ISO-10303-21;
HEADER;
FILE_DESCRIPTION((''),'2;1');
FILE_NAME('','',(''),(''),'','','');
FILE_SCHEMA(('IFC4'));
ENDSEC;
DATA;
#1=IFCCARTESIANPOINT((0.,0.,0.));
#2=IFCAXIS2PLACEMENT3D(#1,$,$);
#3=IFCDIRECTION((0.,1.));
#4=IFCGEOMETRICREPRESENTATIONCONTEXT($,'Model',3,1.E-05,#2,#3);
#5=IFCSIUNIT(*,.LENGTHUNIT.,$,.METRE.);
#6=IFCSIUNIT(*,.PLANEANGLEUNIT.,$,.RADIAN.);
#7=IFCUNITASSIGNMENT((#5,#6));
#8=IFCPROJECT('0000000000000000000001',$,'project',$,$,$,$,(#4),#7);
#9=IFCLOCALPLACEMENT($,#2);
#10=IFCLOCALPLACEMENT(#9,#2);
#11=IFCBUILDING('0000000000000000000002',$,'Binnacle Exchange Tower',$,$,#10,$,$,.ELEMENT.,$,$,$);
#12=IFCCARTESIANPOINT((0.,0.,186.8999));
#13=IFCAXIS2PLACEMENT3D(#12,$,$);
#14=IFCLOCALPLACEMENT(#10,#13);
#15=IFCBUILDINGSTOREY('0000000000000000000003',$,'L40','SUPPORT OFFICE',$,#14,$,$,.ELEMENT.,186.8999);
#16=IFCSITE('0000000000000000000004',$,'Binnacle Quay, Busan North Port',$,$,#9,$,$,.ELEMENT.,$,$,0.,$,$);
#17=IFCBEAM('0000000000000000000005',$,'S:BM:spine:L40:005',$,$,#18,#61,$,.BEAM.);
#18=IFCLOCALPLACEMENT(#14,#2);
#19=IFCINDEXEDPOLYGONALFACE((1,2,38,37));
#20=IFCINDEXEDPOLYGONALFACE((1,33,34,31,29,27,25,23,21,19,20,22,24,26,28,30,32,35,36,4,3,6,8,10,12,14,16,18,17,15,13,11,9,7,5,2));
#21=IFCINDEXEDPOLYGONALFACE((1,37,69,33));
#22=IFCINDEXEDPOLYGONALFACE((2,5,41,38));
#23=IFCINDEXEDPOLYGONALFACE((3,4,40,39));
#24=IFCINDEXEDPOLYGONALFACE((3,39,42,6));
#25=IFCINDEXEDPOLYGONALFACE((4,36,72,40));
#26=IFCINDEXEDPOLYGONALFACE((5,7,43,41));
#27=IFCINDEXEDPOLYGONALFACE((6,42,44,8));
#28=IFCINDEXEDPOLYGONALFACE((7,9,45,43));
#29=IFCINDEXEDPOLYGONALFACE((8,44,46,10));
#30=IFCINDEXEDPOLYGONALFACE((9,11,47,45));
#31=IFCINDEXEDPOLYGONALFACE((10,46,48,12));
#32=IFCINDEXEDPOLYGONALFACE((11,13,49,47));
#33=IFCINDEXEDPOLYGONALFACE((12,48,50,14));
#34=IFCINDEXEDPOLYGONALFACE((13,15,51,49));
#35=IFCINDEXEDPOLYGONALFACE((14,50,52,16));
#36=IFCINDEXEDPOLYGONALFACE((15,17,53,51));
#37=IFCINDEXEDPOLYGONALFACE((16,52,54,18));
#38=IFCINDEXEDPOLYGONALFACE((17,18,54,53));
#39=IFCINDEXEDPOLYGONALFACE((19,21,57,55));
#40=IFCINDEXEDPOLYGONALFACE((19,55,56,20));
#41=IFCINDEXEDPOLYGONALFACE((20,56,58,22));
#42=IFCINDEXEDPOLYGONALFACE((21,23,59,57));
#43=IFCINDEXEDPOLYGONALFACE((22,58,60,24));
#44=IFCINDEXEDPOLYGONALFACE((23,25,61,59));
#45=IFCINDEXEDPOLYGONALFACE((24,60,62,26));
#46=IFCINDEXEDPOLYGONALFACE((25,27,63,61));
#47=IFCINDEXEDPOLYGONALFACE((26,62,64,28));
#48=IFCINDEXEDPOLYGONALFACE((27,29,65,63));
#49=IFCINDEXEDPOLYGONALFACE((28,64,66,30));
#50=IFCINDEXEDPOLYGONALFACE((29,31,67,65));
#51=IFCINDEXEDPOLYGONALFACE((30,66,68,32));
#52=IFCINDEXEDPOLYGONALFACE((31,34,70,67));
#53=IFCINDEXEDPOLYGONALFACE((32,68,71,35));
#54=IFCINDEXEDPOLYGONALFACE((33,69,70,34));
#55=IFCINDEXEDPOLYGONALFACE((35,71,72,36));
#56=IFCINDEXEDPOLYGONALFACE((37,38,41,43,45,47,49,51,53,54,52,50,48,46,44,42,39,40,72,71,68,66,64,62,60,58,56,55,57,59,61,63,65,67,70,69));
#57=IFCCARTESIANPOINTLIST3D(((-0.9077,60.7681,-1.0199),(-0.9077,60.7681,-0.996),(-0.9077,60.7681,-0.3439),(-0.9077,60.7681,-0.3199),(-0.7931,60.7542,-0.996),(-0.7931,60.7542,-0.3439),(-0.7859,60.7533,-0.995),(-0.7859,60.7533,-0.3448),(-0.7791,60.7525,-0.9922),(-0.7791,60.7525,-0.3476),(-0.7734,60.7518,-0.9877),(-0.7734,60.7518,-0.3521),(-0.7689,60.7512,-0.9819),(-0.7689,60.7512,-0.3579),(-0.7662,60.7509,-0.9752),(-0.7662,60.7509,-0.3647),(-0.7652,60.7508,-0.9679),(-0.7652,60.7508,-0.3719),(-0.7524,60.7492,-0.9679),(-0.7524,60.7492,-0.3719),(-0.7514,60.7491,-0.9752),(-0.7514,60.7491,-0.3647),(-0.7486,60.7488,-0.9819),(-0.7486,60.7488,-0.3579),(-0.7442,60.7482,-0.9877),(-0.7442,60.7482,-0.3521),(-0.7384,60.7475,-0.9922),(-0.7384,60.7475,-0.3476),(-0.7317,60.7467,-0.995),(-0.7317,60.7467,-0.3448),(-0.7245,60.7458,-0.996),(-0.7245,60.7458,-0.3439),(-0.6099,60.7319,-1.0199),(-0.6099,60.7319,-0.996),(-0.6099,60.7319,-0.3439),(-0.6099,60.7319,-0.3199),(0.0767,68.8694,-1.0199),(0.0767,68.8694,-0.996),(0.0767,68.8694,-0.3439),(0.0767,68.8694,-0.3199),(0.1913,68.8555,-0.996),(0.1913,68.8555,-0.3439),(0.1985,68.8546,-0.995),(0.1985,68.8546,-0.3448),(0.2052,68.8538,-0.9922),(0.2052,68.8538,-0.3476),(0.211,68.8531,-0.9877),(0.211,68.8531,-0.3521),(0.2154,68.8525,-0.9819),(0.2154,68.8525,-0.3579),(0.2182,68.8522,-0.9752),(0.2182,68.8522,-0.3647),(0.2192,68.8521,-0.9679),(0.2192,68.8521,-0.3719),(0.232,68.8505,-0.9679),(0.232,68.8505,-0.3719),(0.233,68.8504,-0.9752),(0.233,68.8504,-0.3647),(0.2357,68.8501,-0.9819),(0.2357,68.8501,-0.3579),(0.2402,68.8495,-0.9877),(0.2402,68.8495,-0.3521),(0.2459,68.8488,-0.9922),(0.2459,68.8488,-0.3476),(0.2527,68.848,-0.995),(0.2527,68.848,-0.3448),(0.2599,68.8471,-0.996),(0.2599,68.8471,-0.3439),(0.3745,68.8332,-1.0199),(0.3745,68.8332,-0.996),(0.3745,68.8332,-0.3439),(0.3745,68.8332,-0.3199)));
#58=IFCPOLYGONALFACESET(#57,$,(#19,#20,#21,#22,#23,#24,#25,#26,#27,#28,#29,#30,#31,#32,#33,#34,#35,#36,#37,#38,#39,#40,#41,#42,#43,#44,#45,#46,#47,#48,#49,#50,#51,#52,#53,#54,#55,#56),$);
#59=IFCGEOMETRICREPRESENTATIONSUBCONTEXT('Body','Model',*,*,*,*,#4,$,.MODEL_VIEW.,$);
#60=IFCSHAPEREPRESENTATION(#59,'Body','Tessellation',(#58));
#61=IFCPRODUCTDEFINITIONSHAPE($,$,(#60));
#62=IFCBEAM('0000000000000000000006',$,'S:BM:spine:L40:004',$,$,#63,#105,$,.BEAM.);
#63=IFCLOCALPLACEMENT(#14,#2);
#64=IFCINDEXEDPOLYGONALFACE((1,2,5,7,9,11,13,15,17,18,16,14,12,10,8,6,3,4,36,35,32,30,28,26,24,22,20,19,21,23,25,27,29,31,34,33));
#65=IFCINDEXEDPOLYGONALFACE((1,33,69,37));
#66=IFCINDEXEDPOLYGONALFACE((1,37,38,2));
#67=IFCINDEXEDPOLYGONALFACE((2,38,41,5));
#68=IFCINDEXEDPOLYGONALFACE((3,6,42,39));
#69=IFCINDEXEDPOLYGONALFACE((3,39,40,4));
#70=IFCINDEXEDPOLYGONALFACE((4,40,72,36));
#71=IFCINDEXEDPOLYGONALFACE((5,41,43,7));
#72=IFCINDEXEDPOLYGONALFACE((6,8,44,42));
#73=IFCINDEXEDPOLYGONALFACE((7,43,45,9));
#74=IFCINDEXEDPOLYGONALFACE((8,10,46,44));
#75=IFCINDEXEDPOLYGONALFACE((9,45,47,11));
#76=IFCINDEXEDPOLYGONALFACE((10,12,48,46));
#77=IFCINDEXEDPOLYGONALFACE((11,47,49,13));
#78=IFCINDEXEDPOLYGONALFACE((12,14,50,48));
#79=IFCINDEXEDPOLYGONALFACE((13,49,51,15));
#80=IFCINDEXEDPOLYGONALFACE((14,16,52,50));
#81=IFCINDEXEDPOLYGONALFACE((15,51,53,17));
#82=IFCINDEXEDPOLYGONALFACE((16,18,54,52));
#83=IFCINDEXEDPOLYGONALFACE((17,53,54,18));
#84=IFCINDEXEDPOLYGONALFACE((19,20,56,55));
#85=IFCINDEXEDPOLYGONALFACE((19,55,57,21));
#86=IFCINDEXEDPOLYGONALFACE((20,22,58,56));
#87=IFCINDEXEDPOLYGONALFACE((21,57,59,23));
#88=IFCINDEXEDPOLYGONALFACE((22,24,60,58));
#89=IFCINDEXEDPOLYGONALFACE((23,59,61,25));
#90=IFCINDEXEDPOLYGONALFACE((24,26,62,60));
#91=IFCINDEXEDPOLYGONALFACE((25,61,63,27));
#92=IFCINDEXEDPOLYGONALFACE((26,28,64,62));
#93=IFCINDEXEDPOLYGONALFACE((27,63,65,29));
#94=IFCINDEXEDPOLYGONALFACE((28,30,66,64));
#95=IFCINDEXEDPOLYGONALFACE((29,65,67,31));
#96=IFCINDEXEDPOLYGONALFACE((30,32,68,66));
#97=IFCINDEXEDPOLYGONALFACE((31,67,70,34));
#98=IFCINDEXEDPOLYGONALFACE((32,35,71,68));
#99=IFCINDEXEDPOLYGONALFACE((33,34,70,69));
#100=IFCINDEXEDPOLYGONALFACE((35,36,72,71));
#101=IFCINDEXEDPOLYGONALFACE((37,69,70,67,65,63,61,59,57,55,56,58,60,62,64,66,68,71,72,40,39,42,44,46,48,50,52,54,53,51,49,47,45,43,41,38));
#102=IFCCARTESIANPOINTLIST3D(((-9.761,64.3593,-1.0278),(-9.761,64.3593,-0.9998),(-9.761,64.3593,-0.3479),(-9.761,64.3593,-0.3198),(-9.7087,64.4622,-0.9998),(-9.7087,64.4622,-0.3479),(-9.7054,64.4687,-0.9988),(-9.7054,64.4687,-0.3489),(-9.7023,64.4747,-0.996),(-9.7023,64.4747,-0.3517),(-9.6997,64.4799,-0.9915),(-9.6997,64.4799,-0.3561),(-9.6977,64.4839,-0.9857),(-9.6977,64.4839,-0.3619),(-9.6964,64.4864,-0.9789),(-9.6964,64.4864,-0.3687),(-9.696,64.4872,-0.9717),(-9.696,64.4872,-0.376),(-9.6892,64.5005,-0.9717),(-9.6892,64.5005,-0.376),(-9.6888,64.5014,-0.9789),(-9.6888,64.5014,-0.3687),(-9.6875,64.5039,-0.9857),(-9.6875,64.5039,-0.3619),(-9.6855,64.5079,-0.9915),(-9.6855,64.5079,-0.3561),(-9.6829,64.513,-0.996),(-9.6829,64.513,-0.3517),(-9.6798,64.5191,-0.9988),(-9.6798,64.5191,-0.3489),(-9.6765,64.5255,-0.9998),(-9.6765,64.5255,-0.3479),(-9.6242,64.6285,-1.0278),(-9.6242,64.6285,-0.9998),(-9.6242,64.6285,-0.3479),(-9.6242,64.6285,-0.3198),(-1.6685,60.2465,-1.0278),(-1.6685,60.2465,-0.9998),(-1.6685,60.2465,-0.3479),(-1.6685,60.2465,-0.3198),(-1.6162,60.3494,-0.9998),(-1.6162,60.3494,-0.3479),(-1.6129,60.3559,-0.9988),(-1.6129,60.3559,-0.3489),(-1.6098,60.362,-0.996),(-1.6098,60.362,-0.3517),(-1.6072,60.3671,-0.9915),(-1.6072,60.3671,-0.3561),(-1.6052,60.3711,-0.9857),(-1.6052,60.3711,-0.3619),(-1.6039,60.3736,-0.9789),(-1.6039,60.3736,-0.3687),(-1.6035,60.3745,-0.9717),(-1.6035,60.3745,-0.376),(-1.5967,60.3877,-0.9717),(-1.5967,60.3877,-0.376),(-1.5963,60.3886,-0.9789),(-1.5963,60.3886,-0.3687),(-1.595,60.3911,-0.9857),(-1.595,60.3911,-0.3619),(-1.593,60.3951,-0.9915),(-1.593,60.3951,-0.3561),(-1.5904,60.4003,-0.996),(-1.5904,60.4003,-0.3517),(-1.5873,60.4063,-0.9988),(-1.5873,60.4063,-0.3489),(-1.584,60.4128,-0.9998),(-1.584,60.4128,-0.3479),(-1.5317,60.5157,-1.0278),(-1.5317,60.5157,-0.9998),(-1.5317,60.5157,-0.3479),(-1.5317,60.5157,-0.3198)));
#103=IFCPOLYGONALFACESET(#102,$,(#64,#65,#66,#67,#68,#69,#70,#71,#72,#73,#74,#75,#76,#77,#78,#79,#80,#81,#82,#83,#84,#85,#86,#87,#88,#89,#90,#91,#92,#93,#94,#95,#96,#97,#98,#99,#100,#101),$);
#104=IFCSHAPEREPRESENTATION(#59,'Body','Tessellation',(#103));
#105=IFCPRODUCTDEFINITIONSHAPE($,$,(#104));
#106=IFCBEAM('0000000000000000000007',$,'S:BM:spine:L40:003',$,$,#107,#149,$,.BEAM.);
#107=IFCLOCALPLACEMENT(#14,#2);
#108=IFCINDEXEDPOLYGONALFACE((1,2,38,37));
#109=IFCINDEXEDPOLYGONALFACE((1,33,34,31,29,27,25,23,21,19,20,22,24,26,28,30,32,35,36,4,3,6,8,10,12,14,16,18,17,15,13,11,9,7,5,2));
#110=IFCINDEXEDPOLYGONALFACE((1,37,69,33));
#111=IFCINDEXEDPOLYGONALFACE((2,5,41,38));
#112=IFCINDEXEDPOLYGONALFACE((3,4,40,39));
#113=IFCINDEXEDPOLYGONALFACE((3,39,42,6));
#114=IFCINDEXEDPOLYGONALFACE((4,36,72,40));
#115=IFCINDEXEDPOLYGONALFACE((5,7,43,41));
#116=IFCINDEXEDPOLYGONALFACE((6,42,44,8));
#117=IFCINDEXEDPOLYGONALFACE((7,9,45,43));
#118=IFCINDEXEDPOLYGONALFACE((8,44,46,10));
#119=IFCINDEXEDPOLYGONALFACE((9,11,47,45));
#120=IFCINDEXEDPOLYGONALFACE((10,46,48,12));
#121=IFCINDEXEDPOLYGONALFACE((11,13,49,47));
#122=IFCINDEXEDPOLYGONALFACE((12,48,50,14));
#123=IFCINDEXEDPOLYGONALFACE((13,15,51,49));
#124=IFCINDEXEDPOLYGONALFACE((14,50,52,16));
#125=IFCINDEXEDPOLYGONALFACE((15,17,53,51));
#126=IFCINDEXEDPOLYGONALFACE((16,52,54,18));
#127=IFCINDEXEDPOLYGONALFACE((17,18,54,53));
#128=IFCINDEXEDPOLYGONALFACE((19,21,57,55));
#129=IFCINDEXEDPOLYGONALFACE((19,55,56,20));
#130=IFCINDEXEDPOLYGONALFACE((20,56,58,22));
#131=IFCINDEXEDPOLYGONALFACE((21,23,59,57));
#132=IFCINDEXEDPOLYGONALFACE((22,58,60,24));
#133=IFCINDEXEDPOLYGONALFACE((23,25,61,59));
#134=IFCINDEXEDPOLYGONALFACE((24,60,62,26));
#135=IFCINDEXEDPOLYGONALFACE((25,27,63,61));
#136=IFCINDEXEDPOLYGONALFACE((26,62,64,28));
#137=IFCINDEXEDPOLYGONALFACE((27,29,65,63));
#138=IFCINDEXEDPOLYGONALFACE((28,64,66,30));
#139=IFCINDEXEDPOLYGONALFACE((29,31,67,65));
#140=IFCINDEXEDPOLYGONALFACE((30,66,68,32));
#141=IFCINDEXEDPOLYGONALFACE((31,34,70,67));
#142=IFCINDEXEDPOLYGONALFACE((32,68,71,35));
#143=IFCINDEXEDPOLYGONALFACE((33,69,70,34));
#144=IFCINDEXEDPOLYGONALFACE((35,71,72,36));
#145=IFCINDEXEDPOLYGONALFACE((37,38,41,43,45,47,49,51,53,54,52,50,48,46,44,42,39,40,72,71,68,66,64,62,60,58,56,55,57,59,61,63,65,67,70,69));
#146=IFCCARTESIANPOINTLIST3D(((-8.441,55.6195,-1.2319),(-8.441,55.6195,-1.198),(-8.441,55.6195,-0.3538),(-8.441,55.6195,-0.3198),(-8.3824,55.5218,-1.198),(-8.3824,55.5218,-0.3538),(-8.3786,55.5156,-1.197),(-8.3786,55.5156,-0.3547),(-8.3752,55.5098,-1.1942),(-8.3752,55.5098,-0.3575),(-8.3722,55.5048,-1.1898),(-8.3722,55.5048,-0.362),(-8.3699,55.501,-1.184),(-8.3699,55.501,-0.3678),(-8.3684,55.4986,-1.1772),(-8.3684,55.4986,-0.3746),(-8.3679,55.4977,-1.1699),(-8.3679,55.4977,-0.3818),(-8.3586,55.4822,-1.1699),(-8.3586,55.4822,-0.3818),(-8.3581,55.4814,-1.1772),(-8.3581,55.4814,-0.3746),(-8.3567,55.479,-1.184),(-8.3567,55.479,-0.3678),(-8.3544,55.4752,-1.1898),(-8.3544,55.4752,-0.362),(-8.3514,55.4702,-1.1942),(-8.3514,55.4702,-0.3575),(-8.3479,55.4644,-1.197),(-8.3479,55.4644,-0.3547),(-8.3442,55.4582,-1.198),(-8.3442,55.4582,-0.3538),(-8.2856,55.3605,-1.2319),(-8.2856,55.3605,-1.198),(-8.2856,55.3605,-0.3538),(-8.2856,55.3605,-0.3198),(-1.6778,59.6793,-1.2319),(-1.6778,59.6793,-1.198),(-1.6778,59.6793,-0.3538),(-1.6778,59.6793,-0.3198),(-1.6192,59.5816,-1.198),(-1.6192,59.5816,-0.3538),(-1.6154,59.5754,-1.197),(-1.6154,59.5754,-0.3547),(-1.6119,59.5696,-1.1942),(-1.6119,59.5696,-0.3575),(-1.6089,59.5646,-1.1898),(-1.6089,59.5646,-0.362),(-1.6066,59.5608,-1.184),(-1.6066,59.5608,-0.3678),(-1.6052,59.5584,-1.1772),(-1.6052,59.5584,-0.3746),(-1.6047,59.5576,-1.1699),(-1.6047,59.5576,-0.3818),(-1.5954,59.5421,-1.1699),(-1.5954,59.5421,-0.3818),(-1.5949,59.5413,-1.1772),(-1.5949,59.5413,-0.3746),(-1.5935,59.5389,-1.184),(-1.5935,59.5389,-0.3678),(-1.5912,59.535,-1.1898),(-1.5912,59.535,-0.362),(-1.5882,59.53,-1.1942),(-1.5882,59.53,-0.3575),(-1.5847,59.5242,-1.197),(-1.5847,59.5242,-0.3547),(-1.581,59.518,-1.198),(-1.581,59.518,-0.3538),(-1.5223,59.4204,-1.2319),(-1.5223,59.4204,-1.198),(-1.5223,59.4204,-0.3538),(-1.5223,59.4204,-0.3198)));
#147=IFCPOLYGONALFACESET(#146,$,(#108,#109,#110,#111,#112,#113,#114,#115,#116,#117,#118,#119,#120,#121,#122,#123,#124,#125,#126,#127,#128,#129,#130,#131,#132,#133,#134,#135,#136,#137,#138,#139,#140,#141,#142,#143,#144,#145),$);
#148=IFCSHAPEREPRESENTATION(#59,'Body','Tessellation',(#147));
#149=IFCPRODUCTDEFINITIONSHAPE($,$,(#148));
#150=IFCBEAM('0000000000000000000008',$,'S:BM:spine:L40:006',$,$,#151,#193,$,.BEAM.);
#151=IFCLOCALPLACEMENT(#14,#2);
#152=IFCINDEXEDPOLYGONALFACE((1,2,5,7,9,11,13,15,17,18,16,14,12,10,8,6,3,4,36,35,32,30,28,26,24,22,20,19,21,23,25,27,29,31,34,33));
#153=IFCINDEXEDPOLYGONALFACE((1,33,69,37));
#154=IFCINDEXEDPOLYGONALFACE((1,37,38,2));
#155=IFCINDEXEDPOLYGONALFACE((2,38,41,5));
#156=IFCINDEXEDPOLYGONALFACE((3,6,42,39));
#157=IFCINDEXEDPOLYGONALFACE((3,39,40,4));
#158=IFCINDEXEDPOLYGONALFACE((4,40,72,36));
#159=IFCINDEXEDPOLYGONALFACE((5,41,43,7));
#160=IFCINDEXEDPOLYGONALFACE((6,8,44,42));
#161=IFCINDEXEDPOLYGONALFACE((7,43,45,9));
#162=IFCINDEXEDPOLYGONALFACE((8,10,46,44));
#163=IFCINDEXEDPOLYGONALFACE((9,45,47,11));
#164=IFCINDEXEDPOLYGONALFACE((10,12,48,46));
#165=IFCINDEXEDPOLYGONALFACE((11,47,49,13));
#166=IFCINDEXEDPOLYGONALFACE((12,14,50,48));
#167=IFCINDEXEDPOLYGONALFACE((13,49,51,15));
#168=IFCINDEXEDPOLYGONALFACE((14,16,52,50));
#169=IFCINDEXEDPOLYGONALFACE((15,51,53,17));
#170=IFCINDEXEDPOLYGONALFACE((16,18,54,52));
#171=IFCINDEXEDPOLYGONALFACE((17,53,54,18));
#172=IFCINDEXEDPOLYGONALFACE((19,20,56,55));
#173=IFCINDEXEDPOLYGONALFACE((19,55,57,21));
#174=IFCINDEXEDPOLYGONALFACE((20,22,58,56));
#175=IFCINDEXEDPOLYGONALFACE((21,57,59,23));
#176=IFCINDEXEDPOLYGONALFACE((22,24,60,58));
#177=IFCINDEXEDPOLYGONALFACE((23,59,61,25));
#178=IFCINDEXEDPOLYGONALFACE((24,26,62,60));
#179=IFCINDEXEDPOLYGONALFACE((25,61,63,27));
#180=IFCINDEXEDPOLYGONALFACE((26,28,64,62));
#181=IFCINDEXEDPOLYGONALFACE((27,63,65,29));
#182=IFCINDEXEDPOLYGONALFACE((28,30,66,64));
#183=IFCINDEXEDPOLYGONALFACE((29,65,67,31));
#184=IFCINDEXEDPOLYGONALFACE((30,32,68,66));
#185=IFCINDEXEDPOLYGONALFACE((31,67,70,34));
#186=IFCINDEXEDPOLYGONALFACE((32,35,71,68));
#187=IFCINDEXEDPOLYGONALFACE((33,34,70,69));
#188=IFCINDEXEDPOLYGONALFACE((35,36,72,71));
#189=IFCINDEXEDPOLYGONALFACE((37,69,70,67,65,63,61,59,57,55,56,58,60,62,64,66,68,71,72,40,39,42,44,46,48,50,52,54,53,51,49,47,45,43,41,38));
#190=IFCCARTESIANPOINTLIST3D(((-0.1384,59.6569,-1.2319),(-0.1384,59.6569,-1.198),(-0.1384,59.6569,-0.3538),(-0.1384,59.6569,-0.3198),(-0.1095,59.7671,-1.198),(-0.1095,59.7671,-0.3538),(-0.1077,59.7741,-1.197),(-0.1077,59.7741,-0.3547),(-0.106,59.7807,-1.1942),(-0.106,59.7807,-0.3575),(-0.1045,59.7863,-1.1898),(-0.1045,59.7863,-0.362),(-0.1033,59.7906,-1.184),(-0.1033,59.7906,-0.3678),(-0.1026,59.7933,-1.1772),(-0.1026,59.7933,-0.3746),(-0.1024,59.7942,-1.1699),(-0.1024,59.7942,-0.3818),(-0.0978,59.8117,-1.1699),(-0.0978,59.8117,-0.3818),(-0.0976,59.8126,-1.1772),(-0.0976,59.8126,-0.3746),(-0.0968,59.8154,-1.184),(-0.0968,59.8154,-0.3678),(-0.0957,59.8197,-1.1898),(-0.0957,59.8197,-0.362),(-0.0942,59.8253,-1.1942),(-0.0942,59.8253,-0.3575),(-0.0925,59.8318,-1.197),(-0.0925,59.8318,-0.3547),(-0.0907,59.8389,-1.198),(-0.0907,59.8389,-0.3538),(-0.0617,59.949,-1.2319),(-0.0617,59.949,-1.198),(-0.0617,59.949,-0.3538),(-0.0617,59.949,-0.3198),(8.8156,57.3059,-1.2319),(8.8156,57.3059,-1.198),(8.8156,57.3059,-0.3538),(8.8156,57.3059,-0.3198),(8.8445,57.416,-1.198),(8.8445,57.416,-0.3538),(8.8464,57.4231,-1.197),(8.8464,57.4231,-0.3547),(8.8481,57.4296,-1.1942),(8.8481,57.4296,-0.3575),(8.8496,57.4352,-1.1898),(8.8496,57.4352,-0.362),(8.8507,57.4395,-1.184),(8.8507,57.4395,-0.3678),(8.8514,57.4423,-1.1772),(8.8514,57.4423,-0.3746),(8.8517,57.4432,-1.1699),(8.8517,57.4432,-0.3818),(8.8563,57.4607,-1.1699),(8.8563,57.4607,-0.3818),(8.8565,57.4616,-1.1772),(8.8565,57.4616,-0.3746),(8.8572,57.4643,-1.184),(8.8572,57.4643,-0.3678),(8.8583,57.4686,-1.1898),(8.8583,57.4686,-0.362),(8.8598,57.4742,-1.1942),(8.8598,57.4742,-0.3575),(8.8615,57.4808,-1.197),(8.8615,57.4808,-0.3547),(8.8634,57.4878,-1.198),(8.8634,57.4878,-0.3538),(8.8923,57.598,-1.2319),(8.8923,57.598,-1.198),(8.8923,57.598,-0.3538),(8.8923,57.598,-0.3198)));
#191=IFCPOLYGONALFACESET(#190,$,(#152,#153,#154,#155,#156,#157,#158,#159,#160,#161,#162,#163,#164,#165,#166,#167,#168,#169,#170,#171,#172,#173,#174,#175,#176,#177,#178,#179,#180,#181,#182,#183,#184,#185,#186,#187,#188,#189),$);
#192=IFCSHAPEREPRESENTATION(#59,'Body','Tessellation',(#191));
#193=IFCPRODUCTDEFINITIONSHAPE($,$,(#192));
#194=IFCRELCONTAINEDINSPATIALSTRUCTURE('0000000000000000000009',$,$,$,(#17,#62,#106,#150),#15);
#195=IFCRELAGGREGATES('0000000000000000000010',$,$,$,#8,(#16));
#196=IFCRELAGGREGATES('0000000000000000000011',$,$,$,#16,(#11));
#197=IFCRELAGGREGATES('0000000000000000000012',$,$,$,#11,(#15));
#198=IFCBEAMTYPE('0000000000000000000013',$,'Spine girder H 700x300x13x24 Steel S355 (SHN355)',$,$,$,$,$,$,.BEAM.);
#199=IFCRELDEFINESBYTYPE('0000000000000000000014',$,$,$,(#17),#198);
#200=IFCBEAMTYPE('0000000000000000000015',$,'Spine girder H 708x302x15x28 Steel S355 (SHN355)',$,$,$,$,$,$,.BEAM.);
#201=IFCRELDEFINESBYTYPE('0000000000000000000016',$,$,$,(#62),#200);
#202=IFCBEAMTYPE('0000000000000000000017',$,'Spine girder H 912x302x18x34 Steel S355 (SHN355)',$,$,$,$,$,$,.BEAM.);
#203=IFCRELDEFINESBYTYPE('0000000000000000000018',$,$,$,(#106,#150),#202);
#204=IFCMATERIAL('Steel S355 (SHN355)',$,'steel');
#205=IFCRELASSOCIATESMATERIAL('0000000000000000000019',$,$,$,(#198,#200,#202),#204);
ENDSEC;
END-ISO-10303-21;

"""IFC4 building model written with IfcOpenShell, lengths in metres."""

from ifc_helpers import new_model, si_unit, direction, frame, origin, origin_2d, place, context, subcontext, project, spatial, i_section, extrude, material, material_profile, profile_set, type_object, element, save


model = new_model("IFC4")

# Units and contexts
model_context = context("Model", 3, precision=1e-05, world=origin(), true_north=direction((0.0, 1.0)))
body_context = subcontext(model_context, "Body", "Model", "MODEL_VIEW")
ifc_project = project(units=[si_unit("LENGTHUNIT", "METRE"), si_unit("PLANEANGLEUNIT", "RADIAN")], contexts=[model_context])

# Site, building, storey
site_placement = place(None, origin())
site = spatial("IfcSite", under=ifc_project, at=site_placement, Name="Binnacle Quay, Busan North Port", CompositionType="ELEMENT", RefElevation=0.0)
building_placement = place(site_placement, origin())
building = spatial("IfcBuilding", under=site, at=building_placement, Name="Binnacle Exchange Tower", CompositionType="ELEMENT")
storey_placement = place(building_placement, frame((0.0, 0.0, 186.8999)))
storey = spatial("IfcBuildingStorey", under=building, at=storey_placement, Name="L40", Description="SUPPORT OFFICE", CompositionType="ELEMENT", Elevation=186.8999)

# Beams
ifc_material_1 = material(Name="Steel S355 (SHN355)", Category="steel")
ifc_material_profile_1 = material_profile(ifc_material_1, i_section(OverallWidth=0.3, OverallDepth=0.7, WebThickness=0.0129, FlangeThickness=0.0239, FilletRadius=0.0281, at=origin_2d()), Name="H 700x300x13x24")
ifc_profile_set_1 = profile_set([ifc_material_profile_1], Name="Steel S355 (SHN355)")
beam_type_1 = type_object("IfcBeamType", Name="Spine girder H 700x300x13x24 Steel S355 (SHN355)", PredefinedType="BEAM", material=ifc_profile_set_1)
beam_1_placement = place(storey_placement, frame((-0.7588, 60.75, -0.6699), z_axis=(0.120621, 0.992699, 0.0), x_axis=(-0.992699, 0.120621, 0.0)))
element("IfcBeam", 1, at=beam_1_placement, inside=storey, type_object=beam_type_1, Name="S:BM:spine:L40:005", PredefinedType="BEAM", context=body_context, shape_type="SweptSolid", body=[
    extrude(i_section(OverallWidth=0.3, OverallDepth=0.7, WebThickness=0.0129, FlangeThickness=0.0239, FilletRadius=0.0281, at=origin_2d()), origin(), (0.0, 0.0, 1.0), 8.1609),
])
ifc_material_profile_2 = material_profile(ifc_material_1, i_section(OverallWidth=0.302, OverallDepth=0.708, WebThickness=0.0149, FlangeThickness=0.0281, FilletRadius=0.0281, at=origin_2d()), Name="H 708x302x15x28")
ifc_profile_set_2 = profile_set([ifc_material_profile_2], Name="Steel S355 (SHN355)")
beam_type_2 = type_object("IfcBeamType", Name="Spine girder H 708x302x15x28 Steel S355 (SHN355)", PredefinedType="BEAM", material=ifc_profile_set_2)
beam_2_placement = place(storey_placement, frame((-1.6001, 60.3811, -0.6738), z_axis=(-0.891476, 0.453067, 0.0), x_axis=(-0.453067, -0.891476, 0.0)))
element("IfcBeam", 2, at=beam_2_placement, inside=storey, type_object=beam_type_2, Name="S:BM:spine:L40:004", PredefinedType="BEAM", context=body_context, shape_type="SweptSolid", body=[
    extrude(i_section(OverallWidth=0.302, OverallDepth=0.708, WebThickness=0.0149, FlangeThickness=0.0281, FilletRadius=0.0281, at=origin_2d()), origin(), (0.0, 0.0, 1.0), 9.0776),
])
ifc_material_profile_3 = material_profile(ifc_material_1, i_section(OverallWidth=0.302, OverallDepth=0.9121, WebThickness=0.0181, FlangeThickness=0.0339, FilletRadius=0.0281, at=origin_2d()), Name="H 912x302x18x34")
ifc_profile_set_3 = profile_set([ifc_material_profile_3], Name="Steel S355 (SHN355)")
beam_type_3 = type_object("IfcBeamType", Name="Spine girder H 912x302x18x34 Steel S355 (SHN355)", PredefinedType="BEAM", material=ifc_profile_set_3)
beam_3_placement = place(storey_placement, frame((-8.3633, 55.49, -0.7759), z_axis=(0.857386, 0.514673, 0.0), x_axis=(-0.514673, 0.857386, 0.0)))
element("IfcBeam", 3, at=beam_3_placement, inside=storey, type_object=beam_type_3, Name="S:BM:spine:L40:003", PredefinedType="BEAM", context=body_context, shape_type="SweptSolid", body=[
    extrude(i_section(OverallWidth=0.302, OverallDepth=0.9121, WebThickness=0.0181, FlangeThickness=0.0339, FilletRadius=0.0281, at=origin_2d()), origin(), (0.0, 0.0, 1.0), 7.8882),
])
beam_4_placement = place(storey_placement, frame((-0.1001, 59.803, -0.7759), z_axis=(0.967214, -0.253961, 0.0), x_axis=(0.253961, 0.967214, 0.0)))
element("IfcBeam", 4, at=beam_4_placement, inside=storey, type_object=beam_type_3, Name="S:BM:spine:L40:006", PredefinedType="BEAM", context=body_context, shape_type="SweptSolid", body=[
    extrude(i_section(OverallWidth=0.302, OverallDepth=0.9121, WebThickness=0.0181, FlangeThickness=0.0339, FilletRadius=0.0281, at=origin_2d()), origin(), (0.0, 0.0, 1.0), 9.2576),
])

save(model, "model.ifc")
